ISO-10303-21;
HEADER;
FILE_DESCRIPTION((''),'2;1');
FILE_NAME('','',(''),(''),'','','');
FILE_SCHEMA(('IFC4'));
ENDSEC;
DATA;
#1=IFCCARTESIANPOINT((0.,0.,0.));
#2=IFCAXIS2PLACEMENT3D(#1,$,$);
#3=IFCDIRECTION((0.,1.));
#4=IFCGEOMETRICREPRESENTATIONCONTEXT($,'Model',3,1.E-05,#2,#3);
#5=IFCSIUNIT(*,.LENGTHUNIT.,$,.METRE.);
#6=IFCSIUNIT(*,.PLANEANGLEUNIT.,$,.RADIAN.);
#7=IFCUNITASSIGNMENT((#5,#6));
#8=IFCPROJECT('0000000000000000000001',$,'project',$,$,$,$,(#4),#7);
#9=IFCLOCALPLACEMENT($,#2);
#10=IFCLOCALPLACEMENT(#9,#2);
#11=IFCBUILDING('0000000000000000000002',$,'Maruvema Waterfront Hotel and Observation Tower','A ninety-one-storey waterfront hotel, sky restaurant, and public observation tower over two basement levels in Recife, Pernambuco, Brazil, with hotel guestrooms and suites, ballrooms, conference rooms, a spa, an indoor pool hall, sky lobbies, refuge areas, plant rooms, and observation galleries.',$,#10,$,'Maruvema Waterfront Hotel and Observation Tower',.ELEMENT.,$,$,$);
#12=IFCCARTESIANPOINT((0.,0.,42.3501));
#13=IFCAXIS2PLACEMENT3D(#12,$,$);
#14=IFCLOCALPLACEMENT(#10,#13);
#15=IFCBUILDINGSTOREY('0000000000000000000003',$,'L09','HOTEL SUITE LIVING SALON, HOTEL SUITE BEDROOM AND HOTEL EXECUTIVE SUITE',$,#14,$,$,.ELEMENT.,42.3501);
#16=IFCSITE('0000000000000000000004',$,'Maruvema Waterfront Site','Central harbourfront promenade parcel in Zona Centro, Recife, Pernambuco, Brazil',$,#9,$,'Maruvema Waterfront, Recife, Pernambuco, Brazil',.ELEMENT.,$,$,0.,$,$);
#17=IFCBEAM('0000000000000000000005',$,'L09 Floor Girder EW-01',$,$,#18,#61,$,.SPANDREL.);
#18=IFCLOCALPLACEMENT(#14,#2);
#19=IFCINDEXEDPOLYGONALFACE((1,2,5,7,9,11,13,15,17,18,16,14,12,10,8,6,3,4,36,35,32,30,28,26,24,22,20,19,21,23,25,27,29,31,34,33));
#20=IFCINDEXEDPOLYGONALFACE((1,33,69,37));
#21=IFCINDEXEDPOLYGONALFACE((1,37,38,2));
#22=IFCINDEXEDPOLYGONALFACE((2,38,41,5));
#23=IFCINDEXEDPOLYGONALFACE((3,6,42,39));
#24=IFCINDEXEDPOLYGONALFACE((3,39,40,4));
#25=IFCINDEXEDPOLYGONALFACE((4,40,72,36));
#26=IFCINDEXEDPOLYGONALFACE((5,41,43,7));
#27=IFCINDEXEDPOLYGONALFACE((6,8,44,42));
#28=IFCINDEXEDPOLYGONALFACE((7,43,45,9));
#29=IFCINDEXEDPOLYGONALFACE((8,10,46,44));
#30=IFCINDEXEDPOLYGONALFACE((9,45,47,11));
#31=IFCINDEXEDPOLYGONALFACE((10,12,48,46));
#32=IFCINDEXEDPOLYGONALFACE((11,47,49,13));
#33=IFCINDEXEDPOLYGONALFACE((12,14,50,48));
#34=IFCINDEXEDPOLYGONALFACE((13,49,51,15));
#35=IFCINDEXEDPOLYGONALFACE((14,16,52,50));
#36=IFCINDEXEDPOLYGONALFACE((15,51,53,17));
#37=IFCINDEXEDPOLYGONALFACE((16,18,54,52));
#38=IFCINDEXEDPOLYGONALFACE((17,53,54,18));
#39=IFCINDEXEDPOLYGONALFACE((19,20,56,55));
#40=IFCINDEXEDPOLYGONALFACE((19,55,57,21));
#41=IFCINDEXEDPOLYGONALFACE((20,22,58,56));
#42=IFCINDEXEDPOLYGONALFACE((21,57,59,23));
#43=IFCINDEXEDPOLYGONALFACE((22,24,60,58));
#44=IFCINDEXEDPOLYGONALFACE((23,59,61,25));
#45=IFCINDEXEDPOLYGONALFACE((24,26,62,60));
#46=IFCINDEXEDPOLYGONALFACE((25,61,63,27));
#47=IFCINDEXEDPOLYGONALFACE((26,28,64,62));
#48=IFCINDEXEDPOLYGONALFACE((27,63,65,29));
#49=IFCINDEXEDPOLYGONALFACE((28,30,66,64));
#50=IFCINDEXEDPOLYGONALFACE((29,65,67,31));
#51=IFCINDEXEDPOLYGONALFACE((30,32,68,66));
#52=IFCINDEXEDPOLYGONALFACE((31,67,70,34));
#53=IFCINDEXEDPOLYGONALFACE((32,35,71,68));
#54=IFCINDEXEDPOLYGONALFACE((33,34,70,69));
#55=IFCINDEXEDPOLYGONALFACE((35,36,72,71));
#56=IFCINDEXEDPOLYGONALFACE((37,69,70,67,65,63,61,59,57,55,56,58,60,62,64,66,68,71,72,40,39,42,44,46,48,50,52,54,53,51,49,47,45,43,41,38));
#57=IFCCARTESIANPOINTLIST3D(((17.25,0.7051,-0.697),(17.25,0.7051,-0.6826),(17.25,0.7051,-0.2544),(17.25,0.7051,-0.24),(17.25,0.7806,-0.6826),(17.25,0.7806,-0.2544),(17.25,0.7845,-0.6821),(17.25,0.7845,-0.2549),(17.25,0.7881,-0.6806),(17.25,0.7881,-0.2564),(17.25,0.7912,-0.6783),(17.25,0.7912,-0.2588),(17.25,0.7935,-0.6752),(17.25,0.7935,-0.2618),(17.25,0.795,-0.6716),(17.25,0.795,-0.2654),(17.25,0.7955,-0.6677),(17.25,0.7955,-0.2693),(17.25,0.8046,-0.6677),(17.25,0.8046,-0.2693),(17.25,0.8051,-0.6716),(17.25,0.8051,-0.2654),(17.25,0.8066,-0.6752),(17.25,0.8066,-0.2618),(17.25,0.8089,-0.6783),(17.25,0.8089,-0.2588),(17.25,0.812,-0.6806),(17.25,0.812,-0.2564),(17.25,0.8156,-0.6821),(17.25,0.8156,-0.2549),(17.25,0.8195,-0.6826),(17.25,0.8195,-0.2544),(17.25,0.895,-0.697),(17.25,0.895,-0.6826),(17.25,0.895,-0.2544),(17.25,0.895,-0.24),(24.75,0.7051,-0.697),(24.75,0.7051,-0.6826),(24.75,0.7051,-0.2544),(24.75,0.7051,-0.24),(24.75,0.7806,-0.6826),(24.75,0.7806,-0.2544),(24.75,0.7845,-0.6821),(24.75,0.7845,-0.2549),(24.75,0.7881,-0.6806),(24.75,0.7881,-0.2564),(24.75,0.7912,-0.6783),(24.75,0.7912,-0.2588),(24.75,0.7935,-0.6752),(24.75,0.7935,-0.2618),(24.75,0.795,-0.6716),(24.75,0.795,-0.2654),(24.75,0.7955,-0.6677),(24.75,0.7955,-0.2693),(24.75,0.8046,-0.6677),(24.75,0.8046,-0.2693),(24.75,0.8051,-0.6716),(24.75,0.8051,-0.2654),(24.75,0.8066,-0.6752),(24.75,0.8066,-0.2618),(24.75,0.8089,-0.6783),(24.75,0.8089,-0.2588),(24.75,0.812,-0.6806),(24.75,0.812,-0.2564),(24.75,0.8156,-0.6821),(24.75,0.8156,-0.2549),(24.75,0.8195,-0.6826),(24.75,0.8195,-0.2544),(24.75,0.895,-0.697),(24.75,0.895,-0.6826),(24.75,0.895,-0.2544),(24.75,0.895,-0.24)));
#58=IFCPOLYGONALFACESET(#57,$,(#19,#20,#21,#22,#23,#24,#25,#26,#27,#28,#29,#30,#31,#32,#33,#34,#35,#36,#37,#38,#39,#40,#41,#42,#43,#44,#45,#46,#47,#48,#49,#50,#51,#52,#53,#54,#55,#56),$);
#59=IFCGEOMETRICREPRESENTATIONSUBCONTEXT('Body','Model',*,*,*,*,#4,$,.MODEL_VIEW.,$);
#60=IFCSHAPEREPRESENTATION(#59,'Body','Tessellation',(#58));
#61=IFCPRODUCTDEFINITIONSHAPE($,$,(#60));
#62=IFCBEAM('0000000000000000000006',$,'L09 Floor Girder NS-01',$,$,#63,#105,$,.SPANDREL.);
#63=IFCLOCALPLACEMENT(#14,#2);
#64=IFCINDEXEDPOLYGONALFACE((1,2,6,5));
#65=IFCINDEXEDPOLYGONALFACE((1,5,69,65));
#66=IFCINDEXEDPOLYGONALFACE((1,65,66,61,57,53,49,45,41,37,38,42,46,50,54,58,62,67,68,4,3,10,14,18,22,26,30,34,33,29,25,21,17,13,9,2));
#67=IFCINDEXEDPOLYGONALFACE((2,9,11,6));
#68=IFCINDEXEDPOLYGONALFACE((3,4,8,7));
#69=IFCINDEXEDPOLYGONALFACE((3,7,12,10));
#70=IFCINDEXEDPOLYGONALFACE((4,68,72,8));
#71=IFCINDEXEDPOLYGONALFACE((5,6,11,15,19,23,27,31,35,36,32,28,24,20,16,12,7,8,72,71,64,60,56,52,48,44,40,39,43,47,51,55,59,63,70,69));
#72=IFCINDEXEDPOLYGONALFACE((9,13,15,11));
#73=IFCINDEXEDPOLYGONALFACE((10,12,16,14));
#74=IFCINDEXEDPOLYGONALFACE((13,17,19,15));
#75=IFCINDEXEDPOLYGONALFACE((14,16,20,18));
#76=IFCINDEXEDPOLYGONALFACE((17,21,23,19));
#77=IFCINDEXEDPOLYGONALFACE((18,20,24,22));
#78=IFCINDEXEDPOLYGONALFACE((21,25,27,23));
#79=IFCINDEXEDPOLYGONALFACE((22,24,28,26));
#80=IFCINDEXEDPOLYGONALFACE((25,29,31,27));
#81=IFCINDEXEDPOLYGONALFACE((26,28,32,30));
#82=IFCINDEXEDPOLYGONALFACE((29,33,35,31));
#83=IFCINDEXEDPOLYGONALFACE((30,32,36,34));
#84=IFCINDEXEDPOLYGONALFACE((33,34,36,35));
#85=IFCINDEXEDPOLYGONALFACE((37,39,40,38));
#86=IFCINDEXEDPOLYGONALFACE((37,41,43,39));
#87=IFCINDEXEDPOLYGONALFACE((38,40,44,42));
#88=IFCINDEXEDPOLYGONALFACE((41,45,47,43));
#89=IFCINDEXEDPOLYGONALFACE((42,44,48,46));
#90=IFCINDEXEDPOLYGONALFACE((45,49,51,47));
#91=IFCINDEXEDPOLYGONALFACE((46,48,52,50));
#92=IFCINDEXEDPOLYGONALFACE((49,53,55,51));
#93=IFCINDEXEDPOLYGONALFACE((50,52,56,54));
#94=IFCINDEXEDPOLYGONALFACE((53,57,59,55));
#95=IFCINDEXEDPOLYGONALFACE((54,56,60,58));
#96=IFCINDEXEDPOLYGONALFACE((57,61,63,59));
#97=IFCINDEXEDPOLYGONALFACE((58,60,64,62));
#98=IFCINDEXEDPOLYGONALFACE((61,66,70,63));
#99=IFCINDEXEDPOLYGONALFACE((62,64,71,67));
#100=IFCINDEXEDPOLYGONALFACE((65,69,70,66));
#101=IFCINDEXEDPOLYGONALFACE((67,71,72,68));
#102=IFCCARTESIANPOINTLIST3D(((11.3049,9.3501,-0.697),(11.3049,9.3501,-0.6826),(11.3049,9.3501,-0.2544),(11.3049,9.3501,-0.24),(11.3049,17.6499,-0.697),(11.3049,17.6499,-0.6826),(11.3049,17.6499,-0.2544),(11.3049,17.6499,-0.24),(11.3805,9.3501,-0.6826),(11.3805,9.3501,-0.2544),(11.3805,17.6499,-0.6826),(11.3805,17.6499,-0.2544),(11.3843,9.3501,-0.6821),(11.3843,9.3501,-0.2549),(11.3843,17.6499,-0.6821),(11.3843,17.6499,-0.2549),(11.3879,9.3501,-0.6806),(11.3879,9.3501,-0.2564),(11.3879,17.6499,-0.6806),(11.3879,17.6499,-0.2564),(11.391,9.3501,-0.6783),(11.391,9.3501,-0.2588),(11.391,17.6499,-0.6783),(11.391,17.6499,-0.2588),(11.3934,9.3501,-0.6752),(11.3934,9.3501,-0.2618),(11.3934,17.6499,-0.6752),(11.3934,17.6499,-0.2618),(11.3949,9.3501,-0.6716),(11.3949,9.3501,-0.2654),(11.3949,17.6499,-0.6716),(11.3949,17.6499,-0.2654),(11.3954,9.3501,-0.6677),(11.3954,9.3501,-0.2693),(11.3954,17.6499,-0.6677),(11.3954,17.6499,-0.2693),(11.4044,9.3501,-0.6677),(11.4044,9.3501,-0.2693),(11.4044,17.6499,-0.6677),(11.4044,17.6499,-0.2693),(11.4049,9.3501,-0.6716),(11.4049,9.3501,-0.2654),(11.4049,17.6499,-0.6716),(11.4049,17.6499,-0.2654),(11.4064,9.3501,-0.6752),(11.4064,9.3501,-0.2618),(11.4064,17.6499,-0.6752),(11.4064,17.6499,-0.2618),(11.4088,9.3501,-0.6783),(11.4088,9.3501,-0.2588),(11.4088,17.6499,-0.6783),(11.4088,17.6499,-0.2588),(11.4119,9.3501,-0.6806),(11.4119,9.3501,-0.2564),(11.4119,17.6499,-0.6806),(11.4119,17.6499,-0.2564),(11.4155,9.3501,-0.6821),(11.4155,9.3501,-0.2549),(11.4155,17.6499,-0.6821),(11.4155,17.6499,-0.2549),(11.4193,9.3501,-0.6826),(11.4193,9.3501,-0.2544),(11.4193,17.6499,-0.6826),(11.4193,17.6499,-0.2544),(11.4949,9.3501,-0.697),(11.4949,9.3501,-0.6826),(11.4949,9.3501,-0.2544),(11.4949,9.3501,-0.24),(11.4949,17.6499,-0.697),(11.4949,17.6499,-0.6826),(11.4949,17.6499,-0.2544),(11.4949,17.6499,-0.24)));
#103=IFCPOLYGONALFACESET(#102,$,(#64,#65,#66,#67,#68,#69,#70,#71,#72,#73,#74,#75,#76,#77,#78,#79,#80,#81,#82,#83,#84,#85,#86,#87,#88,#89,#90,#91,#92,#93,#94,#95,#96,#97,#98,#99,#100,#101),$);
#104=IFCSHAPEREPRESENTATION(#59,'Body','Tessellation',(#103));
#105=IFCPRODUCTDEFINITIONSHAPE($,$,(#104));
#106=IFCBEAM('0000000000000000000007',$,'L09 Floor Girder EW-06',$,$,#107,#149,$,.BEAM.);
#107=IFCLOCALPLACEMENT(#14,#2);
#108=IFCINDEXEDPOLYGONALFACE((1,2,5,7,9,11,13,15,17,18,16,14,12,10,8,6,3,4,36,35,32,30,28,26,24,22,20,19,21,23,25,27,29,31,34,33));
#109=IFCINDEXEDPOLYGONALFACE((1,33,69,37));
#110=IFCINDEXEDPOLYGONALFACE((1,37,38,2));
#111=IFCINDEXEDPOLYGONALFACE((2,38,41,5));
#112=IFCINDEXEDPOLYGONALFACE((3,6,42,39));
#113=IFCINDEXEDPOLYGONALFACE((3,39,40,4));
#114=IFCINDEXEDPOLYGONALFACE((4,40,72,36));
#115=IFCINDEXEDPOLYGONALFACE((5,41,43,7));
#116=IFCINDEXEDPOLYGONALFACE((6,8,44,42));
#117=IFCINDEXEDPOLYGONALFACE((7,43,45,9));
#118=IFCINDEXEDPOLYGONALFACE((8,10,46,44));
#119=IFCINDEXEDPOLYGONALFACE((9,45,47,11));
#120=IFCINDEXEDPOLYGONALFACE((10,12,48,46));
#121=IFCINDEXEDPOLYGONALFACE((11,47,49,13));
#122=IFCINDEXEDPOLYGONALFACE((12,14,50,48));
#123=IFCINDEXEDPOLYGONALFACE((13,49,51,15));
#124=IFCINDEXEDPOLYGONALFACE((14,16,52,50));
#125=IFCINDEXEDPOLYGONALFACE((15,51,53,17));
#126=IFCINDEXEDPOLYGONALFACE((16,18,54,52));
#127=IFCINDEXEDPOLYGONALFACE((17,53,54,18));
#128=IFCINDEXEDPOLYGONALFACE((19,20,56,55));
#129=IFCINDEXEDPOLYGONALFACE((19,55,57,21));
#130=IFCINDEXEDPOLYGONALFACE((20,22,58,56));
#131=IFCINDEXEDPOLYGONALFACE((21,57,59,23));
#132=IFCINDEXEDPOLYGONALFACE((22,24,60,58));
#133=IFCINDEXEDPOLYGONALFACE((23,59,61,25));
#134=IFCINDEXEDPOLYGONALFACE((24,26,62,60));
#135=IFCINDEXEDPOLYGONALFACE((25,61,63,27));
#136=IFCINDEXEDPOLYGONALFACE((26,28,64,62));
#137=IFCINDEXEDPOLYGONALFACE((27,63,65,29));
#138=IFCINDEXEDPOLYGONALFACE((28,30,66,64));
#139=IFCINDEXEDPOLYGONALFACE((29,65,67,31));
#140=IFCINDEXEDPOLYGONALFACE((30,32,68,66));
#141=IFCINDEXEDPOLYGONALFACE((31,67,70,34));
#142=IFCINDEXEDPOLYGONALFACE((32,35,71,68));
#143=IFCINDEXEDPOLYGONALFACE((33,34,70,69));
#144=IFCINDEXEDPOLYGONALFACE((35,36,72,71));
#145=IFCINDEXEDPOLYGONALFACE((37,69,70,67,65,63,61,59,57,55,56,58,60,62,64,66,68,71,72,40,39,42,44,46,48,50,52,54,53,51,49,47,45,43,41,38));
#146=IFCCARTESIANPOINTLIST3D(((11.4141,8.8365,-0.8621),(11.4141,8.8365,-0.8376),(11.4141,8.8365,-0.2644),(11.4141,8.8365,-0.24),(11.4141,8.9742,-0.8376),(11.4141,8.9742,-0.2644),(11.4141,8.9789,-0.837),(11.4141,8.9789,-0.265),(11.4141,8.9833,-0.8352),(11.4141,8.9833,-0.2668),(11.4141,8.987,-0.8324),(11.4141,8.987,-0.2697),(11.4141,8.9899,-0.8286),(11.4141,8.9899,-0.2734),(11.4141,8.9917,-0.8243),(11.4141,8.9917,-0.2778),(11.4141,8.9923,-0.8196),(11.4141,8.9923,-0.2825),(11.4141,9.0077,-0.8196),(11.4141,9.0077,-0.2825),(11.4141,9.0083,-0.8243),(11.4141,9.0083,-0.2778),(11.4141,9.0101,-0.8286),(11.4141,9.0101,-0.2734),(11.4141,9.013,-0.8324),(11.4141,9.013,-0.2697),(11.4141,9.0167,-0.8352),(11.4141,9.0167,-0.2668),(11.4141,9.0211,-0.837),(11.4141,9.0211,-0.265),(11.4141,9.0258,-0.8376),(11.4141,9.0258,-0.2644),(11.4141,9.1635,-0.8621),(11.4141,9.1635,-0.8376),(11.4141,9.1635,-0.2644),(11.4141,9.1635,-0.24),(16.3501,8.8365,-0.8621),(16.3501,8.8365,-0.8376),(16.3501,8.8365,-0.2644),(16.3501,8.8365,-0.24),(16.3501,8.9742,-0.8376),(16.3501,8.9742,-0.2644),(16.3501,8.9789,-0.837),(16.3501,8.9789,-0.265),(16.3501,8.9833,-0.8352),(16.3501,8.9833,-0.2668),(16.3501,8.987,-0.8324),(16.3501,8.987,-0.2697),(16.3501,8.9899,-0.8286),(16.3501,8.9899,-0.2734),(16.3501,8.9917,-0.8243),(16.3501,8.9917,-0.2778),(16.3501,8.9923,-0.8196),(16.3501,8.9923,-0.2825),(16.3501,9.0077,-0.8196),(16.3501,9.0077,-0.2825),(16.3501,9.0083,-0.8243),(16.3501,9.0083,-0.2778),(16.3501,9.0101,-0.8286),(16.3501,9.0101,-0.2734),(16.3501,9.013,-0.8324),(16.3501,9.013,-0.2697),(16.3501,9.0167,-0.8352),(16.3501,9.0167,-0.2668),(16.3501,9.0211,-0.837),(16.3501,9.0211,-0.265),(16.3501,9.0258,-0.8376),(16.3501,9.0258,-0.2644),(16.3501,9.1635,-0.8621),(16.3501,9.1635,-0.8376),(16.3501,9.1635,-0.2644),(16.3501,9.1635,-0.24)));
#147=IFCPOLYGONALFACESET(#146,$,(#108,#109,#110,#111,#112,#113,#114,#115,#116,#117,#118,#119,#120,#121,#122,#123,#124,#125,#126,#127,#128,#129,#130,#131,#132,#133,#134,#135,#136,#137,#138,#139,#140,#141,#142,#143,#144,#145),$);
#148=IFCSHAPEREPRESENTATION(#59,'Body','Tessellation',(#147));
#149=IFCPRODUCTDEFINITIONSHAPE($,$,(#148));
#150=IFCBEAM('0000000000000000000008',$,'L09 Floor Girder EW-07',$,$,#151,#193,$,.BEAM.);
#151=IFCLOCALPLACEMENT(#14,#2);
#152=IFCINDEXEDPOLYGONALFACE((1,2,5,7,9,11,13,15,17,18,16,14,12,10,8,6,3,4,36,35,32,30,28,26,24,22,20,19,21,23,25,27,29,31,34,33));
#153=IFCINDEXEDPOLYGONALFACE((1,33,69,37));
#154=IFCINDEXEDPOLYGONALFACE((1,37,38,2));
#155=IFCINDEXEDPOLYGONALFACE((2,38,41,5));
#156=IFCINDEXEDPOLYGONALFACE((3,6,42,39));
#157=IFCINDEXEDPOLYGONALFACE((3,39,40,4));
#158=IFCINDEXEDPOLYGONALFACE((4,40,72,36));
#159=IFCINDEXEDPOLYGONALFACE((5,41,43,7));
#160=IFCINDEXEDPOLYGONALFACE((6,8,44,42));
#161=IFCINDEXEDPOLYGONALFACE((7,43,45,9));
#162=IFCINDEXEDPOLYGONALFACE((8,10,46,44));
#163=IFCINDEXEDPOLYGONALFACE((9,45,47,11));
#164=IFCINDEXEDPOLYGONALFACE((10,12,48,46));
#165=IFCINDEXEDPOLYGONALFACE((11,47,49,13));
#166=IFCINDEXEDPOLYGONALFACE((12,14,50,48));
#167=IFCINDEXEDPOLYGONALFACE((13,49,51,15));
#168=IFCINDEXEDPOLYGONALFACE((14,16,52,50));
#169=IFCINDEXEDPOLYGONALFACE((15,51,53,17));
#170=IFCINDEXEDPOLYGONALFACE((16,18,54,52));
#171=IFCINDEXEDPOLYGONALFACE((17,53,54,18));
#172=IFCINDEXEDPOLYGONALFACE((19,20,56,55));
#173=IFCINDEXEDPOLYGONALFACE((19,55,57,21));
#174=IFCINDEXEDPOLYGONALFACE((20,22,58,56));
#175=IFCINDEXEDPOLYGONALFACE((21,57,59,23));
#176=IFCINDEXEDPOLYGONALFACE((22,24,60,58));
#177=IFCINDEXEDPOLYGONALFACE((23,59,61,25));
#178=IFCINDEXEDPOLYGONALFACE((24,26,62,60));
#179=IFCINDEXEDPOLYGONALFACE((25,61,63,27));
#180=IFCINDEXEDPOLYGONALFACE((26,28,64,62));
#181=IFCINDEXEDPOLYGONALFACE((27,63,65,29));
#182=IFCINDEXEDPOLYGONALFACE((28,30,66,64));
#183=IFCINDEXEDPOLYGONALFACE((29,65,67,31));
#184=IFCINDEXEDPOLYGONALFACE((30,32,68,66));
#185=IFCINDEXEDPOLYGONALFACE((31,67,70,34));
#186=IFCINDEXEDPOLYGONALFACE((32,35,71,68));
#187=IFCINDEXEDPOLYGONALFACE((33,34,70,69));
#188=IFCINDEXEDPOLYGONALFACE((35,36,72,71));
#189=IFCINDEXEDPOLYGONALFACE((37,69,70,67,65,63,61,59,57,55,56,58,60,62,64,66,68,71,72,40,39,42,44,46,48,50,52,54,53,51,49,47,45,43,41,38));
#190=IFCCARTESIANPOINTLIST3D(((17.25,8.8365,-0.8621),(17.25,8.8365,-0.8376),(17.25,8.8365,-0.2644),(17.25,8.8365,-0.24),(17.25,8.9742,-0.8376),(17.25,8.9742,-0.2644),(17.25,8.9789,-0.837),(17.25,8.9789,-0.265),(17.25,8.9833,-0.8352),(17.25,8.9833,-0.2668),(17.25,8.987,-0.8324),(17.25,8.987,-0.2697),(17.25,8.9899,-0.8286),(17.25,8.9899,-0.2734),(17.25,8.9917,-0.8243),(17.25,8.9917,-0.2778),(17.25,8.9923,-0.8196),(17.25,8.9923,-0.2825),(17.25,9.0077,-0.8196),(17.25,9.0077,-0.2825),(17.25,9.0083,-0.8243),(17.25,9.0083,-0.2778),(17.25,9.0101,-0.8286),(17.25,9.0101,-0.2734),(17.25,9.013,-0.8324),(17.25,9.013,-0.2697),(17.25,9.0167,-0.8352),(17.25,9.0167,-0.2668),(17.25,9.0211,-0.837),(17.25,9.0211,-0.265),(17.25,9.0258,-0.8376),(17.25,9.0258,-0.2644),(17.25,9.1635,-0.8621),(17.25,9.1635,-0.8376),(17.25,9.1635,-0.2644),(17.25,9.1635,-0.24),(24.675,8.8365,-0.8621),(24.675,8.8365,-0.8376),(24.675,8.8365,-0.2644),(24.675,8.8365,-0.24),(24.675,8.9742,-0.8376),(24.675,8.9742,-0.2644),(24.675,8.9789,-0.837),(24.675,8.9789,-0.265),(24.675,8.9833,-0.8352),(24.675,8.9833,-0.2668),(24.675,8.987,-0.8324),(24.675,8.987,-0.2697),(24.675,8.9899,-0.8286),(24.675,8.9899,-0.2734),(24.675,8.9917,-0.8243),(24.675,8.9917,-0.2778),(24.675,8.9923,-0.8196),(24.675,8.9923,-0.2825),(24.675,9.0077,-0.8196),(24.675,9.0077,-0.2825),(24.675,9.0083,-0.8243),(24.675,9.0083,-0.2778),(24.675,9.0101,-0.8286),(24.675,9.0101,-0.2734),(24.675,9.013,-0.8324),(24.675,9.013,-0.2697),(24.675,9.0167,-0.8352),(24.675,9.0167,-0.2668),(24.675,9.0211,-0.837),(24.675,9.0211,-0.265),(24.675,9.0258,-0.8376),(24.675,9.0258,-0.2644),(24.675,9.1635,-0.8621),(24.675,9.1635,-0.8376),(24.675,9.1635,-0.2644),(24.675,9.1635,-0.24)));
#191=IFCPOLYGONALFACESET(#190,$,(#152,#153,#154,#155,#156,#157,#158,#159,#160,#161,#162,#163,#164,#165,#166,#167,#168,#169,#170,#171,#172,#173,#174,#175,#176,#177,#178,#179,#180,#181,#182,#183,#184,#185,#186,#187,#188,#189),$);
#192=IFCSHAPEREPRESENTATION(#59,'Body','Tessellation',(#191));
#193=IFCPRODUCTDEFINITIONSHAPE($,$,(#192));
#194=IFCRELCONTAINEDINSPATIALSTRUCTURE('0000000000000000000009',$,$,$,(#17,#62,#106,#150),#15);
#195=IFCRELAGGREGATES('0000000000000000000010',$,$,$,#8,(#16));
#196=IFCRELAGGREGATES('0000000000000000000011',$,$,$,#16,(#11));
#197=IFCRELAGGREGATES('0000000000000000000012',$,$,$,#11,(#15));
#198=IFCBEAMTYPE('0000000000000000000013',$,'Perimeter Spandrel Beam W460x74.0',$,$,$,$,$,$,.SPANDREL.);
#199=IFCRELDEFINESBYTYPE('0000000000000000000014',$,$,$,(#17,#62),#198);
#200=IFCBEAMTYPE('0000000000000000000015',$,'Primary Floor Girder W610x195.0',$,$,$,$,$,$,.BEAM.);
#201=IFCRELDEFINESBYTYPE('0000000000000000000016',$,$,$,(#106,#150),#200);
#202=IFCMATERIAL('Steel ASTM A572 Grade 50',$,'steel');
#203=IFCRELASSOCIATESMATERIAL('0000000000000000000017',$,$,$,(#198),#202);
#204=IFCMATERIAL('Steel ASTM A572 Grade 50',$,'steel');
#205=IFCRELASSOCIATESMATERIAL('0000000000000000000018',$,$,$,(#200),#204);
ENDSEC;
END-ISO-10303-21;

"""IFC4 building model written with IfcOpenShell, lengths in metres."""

from ifc_helpers import new_model, si_unit, direction, frame, origin, origin_2d, place, context, subcontext, project, spatial, i_section, extrude, material, material_profile, profile_set, type_object, element, save


model = new_model("IFC4")

# Units and contexts
model_context = context("Model", 3, precision=1e-05, world=origin(), true_north=direction((0.0, 1.0)))
body_context = subcontext(model_context, "Body", "Model", "MODEL_VIEW")
ifc_project = project(units=[si_unit("LENGTHUNIT", "METRE"), si_unit("PLANEANGLEUNIT", "RADIAN")], contexts=[model_context])

# Site, building, storey
site_placement = place(None, origin())
site = spatial("IfcSite", under=ifc_project, at=site_placement, Name="Maruvema Waterfront Site", Description="Central harbourfront promenade parcel in Zona Centro, Recife, Pernambuco, Brazil", LongName="Maruvema Waterfront, Recife, Pernambuco, Brazil", CompositionType="ELEMENT", RefElevation=0.0)
building_placement = place(site_placement, origin())
building = spatial("IfcBuilding", under=site, at=building_placement, Name="Maruvema Waterfront Hotel and Observation Tower", Description="A ninety-one-storey waterfront hotel, sky restaurant, and public observation tower over two basement levels in Recife, Pernambuco, Brazil, with hotel guestrooms and suites, ballrooms, conference rooms, a spa, an indoor pool hall, sky lobbies, refuge areas, plant rooms, and observation galleries.", LongName="Maruvema Waterfront Hotel and Observation Tower", CompositionType="ELEMENT")
storey_placement = place(building_placement, frame((0.0, 0.0, 42.3501)))
storey = spatial("IfcBuildingStorey", under=building, at=storey_placement, Name="L09", Description="HOTEL SUITE LIVING SALON, HOTEL SUITE BEDROOM AND HOTEL EXECUTIVE SUITE", CompositionType="ELEMENT", Elevation=42.3501)

# Beams
ifc_material_1 = material(Name="Steel ASTM A572 Grade 50", Category="steel")
ifc_material_profile_1 = material_profile(ifc_material_1, i_section(OverallWidth=0.1899, OverallDepth=0.457, WebThickness=0.009, FlangeThickness=0.0144, FilletRadius=0.0149, at=origin_2d()), Name="W460x74.0")
ifc_profile_set_1 = profile_set([ifc_material_profile_1], Name="Steel ASTM A572 Grade 50")
beam_type_1 = type_object("IfcBeamType", Name="Perimeter Spandrel Beam W460x74.0", PredefinedType="SPANDREL", material=ifc_profile_set_1)
beam_1_placement = place(storey_placement, frame((17.25, 0.8, -0.4685), z_axis=(1.0, 0.0, 0.0), x_axis=(0.0, 1.0, 0.0)))
element("IfcBeam", 1, at=beam_1_placement, inside=storey, type_object=beam_type_1, Name="L09 Floor Girder EW-01", PredefinedType="SPANDREL", context=body_context, shape_type="SweptSolid", body=[
    extrude(i_section(OverallWidth=0.1899, OverallDepth=0.457, WebThickness=0.009, FlangeThickness=0.0144, FilletRadius=0.0149, at=origin_2d()), origin(), (0.0, 0.0, 1.0), 7.5),
])
beam_2_placement = place(storey_placement, frame((11.3999, 9.3501, -0.4685), z_axis=(0.0, 1.0, 0.0), x_axis=(-1.0, 0.0, 0.0)))
element("IfcBeam", 2, at=beam_2_placement, inside=storey, type_object=beam_type_1, Name="L09 Floor Girder NS-01", PredefinedType="SPANDREL", context=body_context, shape_type="SweptSolid", body=[
    extrude(i_section(OverallWidth=0.1899, OverallDepth=0.457, WebThickness=0.009, FlangeThickness=0.0144, FilletRadius=0.0149, at=origin_2d()), origin(), (0.0, 0.0, 1.0), 8.2998),
])
ifc_material_2 = material(Name="Steel ASTM A572 Grade 50", Category="steel")
ifc_material_profile_2 = material_profile(ifc_material_2, i_section(OverallWidth=0.3269, OverallDepth=0.6221, WebThickness=0.0154, FlangeThickness=0.0244, FilletRadius=0.0181, at=origin_2d()), Name="W610x195.0")
ifc_profile_set_2 = profile_set([ifc_material_profile_2], Name="Steel ASTM A572 Grade 50")
beam_type_2 = type_object("IfcBeamType", Name="Primary Floor Girder W610x195.0", PredefinedType="BEAM", material=ifc_profile_set_2)
beam_3_placement = place(storey_placement, frame((11.4141, 9.0, -0.551), z_axis=(1.0, 0.0, 0.0), x_axis=(0.0, 1.0, 0.0)))
element("IfcBeam", 3, at=beam_3_placement, inside=storey, type_object=beam_type_2, Name="L09 Floor Girder EW-06", PredefinedType="BEAM", context=body_context, shape_type="SweptSolid", body=[
    extrude(i_section(OverallWidth=0.3269, OverallDepth=0.6221, WebThickness=0.0154, FlangeThickness=0.0244, FilletRadius=0.0181, at=origin_2d()), origin(), (0.0, 0.0, 1.0), 4.936),
])
beam_4_placement = place(storey_placement, frame((17.25, 9.0, -0.551), z_axis=(1.0, 0.0, 0.0), x_axis=(0.0, 1.0, 0.0)))
element("IfcBeam", 4, at=beam_4_placement, inside=storey, type_object=beam_type_2, Name="L09 Floor Girder EW-07", PredefinedType="BEAM", context=body_context, shape_type="SweptSolid", body=[
    extrude(i_section(OverallWidth=0.3269, OverallDepth=0.6221, WebThickness=0.0154, FlangeThickness=0.0244, FilletRadius=0.0181, at=origin_2d()), origin(), (0.0, 0.0, 1.0), 7.425),
])

save(model, "model.ifc")
